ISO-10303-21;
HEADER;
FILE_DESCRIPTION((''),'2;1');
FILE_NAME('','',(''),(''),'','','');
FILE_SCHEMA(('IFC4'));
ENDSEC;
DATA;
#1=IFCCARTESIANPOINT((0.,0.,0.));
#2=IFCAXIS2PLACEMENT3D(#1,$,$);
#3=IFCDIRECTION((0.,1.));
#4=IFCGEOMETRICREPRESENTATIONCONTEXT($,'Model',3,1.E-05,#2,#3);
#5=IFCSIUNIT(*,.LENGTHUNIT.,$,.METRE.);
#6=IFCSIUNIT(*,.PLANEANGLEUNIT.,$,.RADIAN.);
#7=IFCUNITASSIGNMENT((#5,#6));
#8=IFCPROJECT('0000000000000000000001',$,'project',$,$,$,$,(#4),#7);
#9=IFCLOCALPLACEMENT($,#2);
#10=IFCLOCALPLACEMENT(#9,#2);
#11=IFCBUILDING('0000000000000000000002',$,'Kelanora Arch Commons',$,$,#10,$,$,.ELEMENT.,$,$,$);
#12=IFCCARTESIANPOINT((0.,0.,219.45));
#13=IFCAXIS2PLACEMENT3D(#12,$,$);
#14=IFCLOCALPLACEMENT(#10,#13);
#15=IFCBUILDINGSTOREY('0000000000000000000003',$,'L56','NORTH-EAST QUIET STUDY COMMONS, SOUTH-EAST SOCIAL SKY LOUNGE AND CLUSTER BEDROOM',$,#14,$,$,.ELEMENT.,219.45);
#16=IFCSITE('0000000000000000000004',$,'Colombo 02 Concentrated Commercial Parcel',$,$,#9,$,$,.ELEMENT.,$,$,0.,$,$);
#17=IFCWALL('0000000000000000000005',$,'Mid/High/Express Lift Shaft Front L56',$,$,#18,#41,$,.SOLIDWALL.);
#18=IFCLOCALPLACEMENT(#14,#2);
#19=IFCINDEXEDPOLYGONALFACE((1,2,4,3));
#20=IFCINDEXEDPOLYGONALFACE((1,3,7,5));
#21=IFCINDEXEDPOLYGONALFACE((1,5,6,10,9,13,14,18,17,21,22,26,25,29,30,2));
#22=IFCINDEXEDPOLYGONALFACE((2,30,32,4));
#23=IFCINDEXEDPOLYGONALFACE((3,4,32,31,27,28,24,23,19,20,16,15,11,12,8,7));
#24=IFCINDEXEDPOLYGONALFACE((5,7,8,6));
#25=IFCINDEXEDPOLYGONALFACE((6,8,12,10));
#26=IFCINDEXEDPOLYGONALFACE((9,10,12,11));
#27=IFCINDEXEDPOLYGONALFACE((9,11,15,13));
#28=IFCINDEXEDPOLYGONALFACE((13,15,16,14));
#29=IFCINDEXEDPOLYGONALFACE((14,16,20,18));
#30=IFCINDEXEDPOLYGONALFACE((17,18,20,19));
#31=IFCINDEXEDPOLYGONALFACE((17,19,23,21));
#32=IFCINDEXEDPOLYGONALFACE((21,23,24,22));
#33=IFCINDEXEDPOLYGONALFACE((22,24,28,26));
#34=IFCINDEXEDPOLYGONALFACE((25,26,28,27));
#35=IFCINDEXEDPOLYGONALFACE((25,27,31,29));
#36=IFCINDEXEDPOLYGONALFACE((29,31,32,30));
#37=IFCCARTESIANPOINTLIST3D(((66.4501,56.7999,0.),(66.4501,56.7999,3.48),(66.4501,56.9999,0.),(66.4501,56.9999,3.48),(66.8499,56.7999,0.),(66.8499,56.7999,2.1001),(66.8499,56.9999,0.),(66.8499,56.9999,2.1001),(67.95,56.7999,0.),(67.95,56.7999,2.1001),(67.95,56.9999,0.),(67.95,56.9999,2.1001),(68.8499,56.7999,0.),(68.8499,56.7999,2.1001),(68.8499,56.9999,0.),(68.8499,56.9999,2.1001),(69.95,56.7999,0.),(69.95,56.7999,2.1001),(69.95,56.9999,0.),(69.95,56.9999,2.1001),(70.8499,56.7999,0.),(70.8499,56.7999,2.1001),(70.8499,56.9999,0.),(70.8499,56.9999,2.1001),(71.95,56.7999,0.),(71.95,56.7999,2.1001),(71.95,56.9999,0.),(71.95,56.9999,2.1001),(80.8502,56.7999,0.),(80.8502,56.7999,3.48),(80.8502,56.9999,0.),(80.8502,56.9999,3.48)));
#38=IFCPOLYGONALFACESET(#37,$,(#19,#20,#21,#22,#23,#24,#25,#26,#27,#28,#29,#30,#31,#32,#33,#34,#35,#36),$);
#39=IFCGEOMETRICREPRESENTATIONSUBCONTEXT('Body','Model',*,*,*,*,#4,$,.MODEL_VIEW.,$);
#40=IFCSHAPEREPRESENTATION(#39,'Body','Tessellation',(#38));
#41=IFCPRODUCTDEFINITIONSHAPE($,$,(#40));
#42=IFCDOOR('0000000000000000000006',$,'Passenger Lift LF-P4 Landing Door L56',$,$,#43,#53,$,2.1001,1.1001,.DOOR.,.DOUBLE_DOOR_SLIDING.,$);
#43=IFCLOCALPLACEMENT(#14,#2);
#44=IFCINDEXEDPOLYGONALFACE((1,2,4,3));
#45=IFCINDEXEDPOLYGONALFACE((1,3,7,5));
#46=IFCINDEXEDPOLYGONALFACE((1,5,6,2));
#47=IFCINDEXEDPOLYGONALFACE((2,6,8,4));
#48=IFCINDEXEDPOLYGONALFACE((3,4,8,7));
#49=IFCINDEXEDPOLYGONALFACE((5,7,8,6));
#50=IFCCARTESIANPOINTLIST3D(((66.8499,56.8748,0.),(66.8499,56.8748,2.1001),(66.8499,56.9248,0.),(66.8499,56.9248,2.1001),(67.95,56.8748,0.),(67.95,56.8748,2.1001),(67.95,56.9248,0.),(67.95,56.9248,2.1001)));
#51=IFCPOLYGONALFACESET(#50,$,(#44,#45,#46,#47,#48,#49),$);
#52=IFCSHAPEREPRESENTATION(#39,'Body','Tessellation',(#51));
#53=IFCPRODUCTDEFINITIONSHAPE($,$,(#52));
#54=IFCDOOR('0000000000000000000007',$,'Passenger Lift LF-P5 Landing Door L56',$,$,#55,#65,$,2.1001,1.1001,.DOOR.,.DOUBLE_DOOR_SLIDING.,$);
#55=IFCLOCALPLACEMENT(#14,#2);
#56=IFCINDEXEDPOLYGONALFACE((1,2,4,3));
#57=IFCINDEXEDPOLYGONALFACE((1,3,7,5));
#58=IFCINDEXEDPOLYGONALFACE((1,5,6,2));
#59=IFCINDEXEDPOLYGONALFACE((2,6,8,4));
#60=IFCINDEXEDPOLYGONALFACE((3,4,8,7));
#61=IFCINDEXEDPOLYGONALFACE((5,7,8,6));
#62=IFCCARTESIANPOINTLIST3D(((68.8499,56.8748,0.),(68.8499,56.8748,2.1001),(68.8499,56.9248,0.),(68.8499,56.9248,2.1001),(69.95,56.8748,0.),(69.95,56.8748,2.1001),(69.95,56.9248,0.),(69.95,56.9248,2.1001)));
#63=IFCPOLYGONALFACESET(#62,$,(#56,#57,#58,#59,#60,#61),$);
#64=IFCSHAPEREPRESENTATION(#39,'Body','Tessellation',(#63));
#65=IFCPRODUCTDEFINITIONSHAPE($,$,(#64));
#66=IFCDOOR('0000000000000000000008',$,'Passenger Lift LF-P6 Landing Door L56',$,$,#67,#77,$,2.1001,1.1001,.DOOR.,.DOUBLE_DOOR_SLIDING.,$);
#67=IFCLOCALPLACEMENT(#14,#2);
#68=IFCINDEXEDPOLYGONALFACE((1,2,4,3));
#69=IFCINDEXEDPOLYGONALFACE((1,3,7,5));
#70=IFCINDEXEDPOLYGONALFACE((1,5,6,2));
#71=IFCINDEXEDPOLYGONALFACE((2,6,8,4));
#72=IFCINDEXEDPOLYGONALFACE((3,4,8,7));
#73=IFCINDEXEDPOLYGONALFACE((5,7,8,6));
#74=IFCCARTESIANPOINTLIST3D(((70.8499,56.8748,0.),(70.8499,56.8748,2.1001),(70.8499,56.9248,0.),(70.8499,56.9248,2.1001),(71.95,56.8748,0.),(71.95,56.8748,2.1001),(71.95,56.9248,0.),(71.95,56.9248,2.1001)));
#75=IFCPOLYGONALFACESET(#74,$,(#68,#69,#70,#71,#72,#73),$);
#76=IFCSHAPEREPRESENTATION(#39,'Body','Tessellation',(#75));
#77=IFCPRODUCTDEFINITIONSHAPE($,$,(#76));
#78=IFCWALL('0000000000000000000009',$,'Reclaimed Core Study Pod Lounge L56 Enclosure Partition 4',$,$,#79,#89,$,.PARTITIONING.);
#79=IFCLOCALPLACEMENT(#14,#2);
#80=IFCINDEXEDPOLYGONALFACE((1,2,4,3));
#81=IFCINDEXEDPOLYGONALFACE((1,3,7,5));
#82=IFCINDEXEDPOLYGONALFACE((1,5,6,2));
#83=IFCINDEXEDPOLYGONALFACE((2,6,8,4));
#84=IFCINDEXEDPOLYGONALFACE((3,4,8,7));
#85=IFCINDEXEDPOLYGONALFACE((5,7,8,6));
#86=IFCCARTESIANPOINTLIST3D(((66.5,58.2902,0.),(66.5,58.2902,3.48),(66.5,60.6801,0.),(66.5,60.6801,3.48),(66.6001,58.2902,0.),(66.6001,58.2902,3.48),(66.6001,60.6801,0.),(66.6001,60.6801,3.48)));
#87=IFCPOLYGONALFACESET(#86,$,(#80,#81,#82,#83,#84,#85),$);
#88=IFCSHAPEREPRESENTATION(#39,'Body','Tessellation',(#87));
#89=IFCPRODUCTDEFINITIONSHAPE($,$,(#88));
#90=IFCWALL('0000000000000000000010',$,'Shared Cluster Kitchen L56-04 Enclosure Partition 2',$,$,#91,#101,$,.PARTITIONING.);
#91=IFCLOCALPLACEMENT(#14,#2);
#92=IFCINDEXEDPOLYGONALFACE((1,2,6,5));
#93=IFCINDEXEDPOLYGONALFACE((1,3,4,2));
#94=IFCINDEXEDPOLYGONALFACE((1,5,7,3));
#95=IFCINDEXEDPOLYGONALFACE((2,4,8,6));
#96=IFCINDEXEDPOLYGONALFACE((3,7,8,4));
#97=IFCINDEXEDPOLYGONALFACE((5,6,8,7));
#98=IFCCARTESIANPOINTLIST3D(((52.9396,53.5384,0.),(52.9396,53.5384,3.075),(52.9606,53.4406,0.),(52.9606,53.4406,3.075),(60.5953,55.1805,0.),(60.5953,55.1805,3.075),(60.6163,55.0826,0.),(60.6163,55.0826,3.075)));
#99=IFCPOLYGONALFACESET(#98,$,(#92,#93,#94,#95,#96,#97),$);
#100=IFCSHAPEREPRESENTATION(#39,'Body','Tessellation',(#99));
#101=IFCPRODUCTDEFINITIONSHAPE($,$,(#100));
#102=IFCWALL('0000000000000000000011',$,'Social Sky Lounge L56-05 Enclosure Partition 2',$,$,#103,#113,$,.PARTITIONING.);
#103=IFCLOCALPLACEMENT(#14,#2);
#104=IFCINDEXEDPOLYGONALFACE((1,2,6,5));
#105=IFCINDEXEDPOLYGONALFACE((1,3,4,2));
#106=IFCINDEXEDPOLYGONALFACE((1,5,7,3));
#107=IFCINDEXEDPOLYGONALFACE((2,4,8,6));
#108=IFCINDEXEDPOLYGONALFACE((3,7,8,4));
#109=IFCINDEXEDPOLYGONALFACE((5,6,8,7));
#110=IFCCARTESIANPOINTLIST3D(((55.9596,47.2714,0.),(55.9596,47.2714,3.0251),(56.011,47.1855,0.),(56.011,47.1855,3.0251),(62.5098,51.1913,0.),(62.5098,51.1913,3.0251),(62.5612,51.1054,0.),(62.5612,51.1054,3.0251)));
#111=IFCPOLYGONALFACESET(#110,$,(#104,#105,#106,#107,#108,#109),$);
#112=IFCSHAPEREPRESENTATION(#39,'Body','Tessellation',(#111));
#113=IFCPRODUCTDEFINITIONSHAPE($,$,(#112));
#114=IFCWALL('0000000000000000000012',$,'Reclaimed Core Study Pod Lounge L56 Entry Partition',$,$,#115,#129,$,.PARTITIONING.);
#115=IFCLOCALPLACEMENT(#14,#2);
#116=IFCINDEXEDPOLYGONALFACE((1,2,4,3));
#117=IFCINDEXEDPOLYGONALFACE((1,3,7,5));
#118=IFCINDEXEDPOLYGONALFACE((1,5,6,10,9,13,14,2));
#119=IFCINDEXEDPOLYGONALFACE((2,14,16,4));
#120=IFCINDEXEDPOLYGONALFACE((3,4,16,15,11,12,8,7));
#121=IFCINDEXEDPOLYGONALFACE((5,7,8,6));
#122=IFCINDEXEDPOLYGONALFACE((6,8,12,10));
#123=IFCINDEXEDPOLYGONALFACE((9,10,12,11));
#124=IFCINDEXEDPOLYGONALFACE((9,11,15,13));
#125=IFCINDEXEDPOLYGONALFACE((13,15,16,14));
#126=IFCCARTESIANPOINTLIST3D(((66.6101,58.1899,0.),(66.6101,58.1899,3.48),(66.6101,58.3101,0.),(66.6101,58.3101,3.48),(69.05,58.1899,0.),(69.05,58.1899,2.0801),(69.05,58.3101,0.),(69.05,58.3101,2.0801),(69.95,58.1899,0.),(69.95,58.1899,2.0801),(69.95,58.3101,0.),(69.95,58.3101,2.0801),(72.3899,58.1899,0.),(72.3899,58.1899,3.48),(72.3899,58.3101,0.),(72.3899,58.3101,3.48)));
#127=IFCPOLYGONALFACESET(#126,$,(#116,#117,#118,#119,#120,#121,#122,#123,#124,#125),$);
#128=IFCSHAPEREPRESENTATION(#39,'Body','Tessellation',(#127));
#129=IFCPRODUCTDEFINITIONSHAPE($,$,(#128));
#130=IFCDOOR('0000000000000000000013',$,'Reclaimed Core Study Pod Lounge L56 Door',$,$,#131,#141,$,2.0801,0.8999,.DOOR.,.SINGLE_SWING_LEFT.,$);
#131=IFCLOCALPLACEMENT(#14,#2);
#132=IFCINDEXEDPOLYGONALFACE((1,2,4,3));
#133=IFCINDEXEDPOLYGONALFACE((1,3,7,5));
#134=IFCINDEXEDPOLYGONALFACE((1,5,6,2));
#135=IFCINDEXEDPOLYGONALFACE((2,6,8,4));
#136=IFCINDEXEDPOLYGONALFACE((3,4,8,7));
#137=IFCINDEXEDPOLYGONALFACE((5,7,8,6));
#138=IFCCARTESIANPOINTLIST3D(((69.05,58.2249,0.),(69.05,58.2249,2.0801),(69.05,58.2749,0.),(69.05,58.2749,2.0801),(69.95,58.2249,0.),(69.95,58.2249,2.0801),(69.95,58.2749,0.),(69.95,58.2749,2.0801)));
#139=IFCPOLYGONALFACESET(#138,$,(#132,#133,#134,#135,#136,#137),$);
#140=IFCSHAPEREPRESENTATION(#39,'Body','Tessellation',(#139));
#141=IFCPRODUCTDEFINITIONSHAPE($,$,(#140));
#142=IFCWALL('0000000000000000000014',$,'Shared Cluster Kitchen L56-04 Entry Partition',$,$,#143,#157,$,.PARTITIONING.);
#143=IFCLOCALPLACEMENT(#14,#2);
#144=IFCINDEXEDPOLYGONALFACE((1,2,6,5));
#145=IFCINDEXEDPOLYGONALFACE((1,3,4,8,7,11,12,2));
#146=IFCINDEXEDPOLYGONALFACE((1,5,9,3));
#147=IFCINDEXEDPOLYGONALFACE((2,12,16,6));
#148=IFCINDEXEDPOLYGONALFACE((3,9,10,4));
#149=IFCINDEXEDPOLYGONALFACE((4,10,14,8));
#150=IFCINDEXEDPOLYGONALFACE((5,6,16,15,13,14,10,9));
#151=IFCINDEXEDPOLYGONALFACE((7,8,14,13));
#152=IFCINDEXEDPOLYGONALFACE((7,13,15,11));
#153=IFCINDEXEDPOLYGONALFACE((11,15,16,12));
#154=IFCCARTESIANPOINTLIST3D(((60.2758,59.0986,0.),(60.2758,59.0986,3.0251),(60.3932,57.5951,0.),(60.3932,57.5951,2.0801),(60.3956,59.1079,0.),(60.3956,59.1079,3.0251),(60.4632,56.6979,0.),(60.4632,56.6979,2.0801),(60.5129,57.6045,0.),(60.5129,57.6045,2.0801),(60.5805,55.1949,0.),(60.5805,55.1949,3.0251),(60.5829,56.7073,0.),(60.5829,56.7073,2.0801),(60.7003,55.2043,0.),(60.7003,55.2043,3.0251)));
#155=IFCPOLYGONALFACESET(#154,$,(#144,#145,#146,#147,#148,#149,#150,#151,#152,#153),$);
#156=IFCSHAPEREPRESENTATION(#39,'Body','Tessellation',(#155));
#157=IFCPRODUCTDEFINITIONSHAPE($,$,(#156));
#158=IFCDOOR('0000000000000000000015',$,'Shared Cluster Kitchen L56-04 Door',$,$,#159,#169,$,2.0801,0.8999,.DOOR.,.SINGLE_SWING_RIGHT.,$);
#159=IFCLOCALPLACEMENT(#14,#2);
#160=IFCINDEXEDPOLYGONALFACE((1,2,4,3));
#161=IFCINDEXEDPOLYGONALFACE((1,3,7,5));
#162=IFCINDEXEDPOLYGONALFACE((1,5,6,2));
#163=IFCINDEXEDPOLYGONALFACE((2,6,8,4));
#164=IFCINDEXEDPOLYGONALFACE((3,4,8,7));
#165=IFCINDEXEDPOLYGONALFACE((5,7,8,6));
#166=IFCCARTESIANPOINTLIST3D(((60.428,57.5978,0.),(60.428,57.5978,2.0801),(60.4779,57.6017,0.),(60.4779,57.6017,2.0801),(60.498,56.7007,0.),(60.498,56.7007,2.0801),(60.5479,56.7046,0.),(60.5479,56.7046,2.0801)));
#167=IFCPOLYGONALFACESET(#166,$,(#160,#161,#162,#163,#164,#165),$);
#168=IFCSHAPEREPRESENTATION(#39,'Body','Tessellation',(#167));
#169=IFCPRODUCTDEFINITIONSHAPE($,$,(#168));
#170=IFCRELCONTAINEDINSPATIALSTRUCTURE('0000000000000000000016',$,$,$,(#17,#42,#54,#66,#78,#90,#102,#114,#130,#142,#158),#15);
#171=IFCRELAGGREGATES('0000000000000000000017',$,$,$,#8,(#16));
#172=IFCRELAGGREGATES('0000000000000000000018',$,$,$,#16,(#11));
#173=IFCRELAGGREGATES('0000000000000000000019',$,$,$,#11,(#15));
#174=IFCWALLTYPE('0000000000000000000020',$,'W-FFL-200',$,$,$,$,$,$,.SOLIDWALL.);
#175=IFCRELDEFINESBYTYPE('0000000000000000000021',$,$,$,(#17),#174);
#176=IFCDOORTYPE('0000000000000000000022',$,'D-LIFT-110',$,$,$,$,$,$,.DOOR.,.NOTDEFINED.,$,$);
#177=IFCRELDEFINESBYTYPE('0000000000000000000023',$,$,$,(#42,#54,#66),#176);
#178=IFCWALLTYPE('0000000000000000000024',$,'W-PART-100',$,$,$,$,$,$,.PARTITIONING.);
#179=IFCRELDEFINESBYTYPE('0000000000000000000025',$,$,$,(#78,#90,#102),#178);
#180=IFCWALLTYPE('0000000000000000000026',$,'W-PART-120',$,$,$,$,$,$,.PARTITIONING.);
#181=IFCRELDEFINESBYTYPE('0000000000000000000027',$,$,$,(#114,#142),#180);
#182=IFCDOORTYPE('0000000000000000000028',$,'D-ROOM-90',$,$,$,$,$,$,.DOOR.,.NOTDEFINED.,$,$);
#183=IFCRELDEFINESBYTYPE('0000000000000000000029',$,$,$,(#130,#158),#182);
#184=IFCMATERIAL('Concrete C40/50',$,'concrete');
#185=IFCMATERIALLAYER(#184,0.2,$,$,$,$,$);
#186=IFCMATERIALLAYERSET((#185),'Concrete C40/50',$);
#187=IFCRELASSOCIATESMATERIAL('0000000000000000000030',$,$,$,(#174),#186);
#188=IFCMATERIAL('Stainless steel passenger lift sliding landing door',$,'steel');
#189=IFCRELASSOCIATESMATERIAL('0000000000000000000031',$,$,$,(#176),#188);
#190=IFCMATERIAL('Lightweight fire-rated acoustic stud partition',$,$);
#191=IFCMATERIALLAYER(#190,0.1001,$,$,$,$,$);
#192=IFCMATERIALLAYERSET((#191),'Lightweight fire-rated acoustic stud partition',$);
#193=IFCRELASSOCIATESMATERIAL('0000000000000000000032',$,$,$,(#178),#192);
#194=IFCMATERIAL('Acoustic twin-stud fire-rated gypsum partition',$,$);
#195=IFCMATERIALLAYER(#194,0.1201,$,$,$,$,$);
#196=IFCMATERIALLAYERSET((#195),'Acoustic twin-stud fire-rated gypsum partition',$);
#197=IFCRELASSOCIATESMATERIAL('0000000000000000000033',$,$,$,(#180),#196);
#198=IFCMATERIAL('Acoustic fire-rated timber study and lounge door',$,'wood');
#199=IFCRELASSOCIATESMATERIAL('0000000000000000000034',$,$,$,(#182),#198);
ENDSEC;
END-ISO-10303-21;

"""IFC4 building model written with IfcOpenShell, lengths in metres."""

from ifc_helpers import new_model, si_unit, direction, frame, frame_2d, origin, place, context, subcontext, project, spatial, rectangle, extrude, material, layer, layer_set, type_object, element, fill, save


model = new_model("IFC4")

# Units and contexts
model_context = context("Model", 3, precision=1e-05, world=origin(), true_north=direction((0.0, 1.0)))
body_context = subcontext(model_context, "Body", "Model", "MODEL_VIEW")
ifc_project = project(units=[si_unit("LENGTHUNIT", "METRE"), si_unit("PLANEANGLEUNIT", "RADIAN")], contexts=[model_context])

# Site, building, storey
site_placement = place(None, origin())
site = spatial("IfcSite", under=ifc_project, at=site_placement, Name="Colombo 02 Concentrated Commercial Parcel", CompositionType="ELEMENT", RefElevation=0.0)
building_placement = place(site_placement, origin())
building = spatial("IfcBuilding", under=site, at=building_placement, Name="Kelanora Arch Commons", CompositionType="ELEMENT")
storey_placement = place(building_placement, frame((0.0, 0.0, 219.45)))
storey = spatial("IfcBuildingStorey", under=building, at=storey_placement, Name="L56", Description="NORTH-EAST QUIET STUDY COMMONS, SOUTH-EAST SOCIAL SKY LOUNGE AND CLUSTER BEDROOM", CompositionType="ELEMENT", Elevation=219.45)

# Wall, openings, doors
ifc_material_1 = material(Name="Concrete C40/50", Category="concrete")
ifc_layer_1 = layer(ifc_material_1, 0.2)
ifc_layer_set_1 = layer_set([ifc_layer_1], Name="Concrete C40/50")
wall_type_1 = type_object("IfcWallType", Name="W-FFL-200", PredefinedType="SOLIDWALL", material=ifc_layer_set_1)
wall_1_placement = place(storey_placement, frame((66.45, 56.8999, 0.0), z_axis=(0.0, 0.0, 1.0), x_axis=(1.0, 0.0, 0.0)))
wall_1 = element("IfcWall", 1, at=wall_1_placement, inside=storey, type_object=wall_type_1, Name="Mid/High/Express Lift Shaft Front L56", PredefinedType="SOLIDWALL", context=body_context, shape_type="SweptSolid", body=[
    extrude(rectangle(XDim=14.4001, YDim=0.2, at=frame_2d((7.2002, 0.0))), origin(), (0.0, 0.0, 1.0), 3.48),
])
opening_1_placement = place(wall_1_placement, frame((0.3999, 0.0, 0.0)))
opening_1 = element("IfcOpeningElement", 2, at=opening_1_placement, cuts=wall_1, PredefinedType="OPENING", context=body_context, shape_type="SweptSolid", body=[
    extrude(rectangle(XDim=1.1001, YDim=2.1001, at=frame_2d((0.55, 1.05))), frame((0.0, 0.1099, 0.0), z_axis=(0.0, -1.0, 0.0), x_axis=(1.0, 0.0, 0.0)), (0.0, 0.0, 1.0), 0.22),
])
opening_2_placement = place(wall_1_placement, frame((2.3999, 0.0, 0.0)))
opening_2 = element("IfcOpeningElement", 3, at=opening_2_placement, cuts=wall_1, PredefinedType="OPENING", context=body_context, shape_type="SweptSolid", body=[
    extrude(rectangle(XDim=1.1001, YDim=2.1001, at=frame_2d((0.55, 1.05))), frame((0.0, 0.1099, 0.0), z_axis=(0.0, -1.0, 0.0), x_axis=(1.0, 0.0, 0.0)), (0.0, 0.0, 1.0), 0.22),
])
opening_3_placement = place(wall_1_placement, frame((4.3999, 0.0, 0.0)))
opening_3 = element("IfcOpeningElement", 4, at=opening_3_placement, cuts=wall_1, PredefinedType="OPENING", context=body_context, shape_type="SweptSolid", body=[
    extrude(rectangle(XDim=1.1001, YDim=2.1001, at=frame_2d((0.55, 1.05))), frame((0.0, 0.1099, 0.0), z_axis=(0.0, -1.0, 0.0), x_axis=(1.0, 0.0, 0.0)), (0.0, 0.0, 1.0), 0.22),
])
ifc_material_2 = material(Name="Stainless steel passenger lift sliding landing door", Category="steel")
door_type_1 = type_object("IfcDoorType", Name="D-LIFT-110", OperationType="NOTDEFINED", PredefinedType="DOOR", material=ifc_material_2)
door_1_placement = place(opening_1_placement, origin())
door_1 = element("IfcDoor", 5, at=door_1_placement, inside=storey, type_object=door_type_1, Name="Passenger Lift LF-P4 Landing Door L56", OperationType="DOUBLE_DOOR_SLIDING", OverallHeight=2.1001, OverallWidth=1.1001, PredefinedType="DOOR", context=body_context, shape_type="SweptSolid", body=[
    extrude(rectangle(XDim=1.1001, YDim=2.1001, at=frame_2d((0.55, 1.05))), frame((0.0, 0.0249, 0.0), z_axis=(0.0, -1.0, 0.0), x_axis=(1.0, 0.0, 0.0)), (0.0, 0.0, 1.0), 0.05),
])
fill(opening_1, door_1)
door_2_placement = place(opening_2_placement, origin())
door_2 = element("IfcDoor", 6, at=door_2_placement, inside=storey, type_object=door_type_1, Name="Passenger Lift LF-P5 Landing Door L56", OperationType="DOUBLE_DOOR_SLIDING", OverallHeight=2.1001, OverallWidth=1.1001, PredefinedType="DOOR", context=body_context, shape_type="SweptSolid", body=[
    extrude(rectangle(XDim=1.1001, YDim=2.1001, at=frame_2d((0.55, 1.05))), frame((0.0, 0.0249, 0.0), z_axis=(0.0, -1.0, 0.0), x_axis=(1.0, 0.0, 0.0)), (0.0, 0.0, 1.0), 0.05),
])
fill(opening_2, door_2)
door_3_placement = place(opening_3_placement, origin())
door_3 = element("IfcDoor", 7, at=door_3_placement, inside=storey, type_object=door_type_1, Name="Passenger Lift LF-P6 Landing Door L56", OperationType="DOUBLE_DOOR_SLIDING", OverallHeight=2.1001, OverallWidth=1.1001, PredefinedType="DOOR", context=body_context, shape_type="SweptSolid", body=[
    extrude(rectangle(XDim=1.1001, YDim=2.1001, at=frame_2d((0.55, 1.05))), frame((0.0, 0.0249, 0.0), z_axis=(0.0, -1.0, 0.0), x_axis=(1.0, 0.0, 0.0)), (0.0, 0.0, 1.0), 0.05),
])
fill(opening_3, door_3)

# Walls
ifc_material_3 = material(Name="Lightweight fire-rated acoustic stud partition")
ifc_layer_2 = layer(ifc_material_3, 0.1001)
ifc_layer_set_2 = layer_set([ifc_layer_2], Name="Lightweight fire-rated acoustic stud partition")
wall_type_2 = type_object("IfcWallType", Name="W-PART-100", PredefinedType="PARTITIONING", material=ifc_layer_set_2)
wall_2_placement = place(storey_placement, frame((66.55, 60.6799, 0.0), z_axis=(0.0, 0.0, 1.0), x_axis=(0.0, -1.0, 0.0)))
element("IfcWall", 8, at=wall_2_placement, inside=storey, type_object=wall_type_2, Name="Reclaimed Core Study Pod Lounge L56 Enclosure Partition 4", PredefinedType="PARTITIONING", context=body_context, shape_type="SweptSolid", body=[
    extrude(rectangle(XDim=2.3899, YDim=0.1001, at=frame_2d((1.1948, 0.0))), origin(), (0.0, 0.0, 1.0), 3.48),
])
wall_3_placement = place(storey_placement, frame((60.606, 55.1316, 0.0), z_axis=(0.0, 0.0, 1.0), x_axis=(-0.977761, -0.209721, 0.0)))
element("IfcWall", 9, at=wall_3_placement, inside=storey, type_object=wall_type_2, Name="Shared Cluster Kitchen L56-04 Enclosure Partition 2", PredefinedType="PARTITIONING", context=body_context, shape_type="SweptSolid", body=[
    extrude(rectangle(XDim=7.8298, YDim=0.1001, at=frame_2d((3.915, 0.0))), origin(), (0.0, 0.0, 1.0), 3.075),
])
wall_4_placement = place(storey_placement, frame((62.5356, 51.1484, 0.0), z_axis=(0.0, 0.0, 1.0), x_axis=(-0.858085, -0.513508, 0.0)))
element("IfcWall", 10, at=wall_4_placement, inside=storey, type_object=wall_type_2, Name="Social Sky Lounge L56-05 Enclosure Partition 2", PredefinedType="PARTITIONING", context=body_context, shape_type="SweptSolid", body=[
    extrude(rectangle(XDim=7.6335, YDim=0.1001, at=frame_2d((3.8169, 0.0))), origin(), (0.0, 0.0, 1.0), 3.0251),
])

# Walls, openings, doors
ifc_material_4 = material(Name="Acoustic twin-stud fire-rated gypsum partition")
ifc_layer_3 = layer(ifc_material_4, 0.1201)
ifc_layer_set_3 = layer_set([ifc_layer_3], Name="Acoustic twin-stud fire-rated gypsum partition")
wall_type_3 = type_object("IfcWallType", Name="W-PART-120", PredefinedType="PARTITIONING", material=ifc_layer_set_3)
wall_5_placement = place(storey_placement, frame((66.6101, 58.25, 0.0), z_axis=(0.0, 0.0, 1.0), x_axis=(1.0, 0.0, 0.0)))
wall_5 = element("IfcWall", 11, at=wall_5_placement, inside=storey, type_object=wall_type_3, Name="Reclaimed Core Study Pod Lounge L56 Entry Partition", PredefinedType="PARTITIONING", context=body_context, shape_type="SweptSolid", body=[
    extrude(rectangle(XDim=5.7798, YDim=0.1201, at=frame_2d((2.8899, 0.0))), origin(), (0.0, 0.0, 1.0), 3.48),
])
opening_4_placement = place(wall_5_placement, frame((2.4399, 0.0, 0.0)))
opening_4 = element("IfcOpeningElement", 12, at=opening_4_placement, cuts=wall_5, PredefinedType="OPENING", context=body_context, shape_type="SweptSolid", body=[
    extrude(rectangle(XDim=0.8999, YDim=2.0801, at=frame_2d((0.45, 1.04))), frame((0.0, 0.0701, 0.0), z_axis=(0.0, -1.0, 0.0), x_axis=(1.0, 0.0, 0.0)), (0.0, 0.0, 1.0), 0.1401),
])
ifc_material_5 = material(Name="Acoustic fire-rated timber study and lounge door", Category="wood")
door_type_2 = type_object("IfcDoorType", Name="D-ROOM-90", OperationType="NOTDEFINED", PredefinedType="DOOR", material=ifc_material_5)
door_4_placement = place(opening_4_placement, origin())
door_4 = element("IfcDoor", 13, at=door_4_placement, inside=storey, type_object=door_type_2, Name="Reclaimed Core Study Pod Lounge L56 Door", OperationType="SINGLE_SWING_LEFT", OverallHeight=2.0801, OverallWidth=0.8999, PredefinedType="DOOR", context=body_context, shape_type="SweptSolid", body=[
    extrude(rectangle(XDim=0.8999, YDim=2.0801, at=frame_2d((0.45, 1.04))), frame((0.0, 0.0249, 0.0), z_axis=(0.0, -1.0, 0.0), x_axis=(1.0, 0.0, 0.0)), (0.0, 0.0, 1.0), 0.05),
])
fill(opening_4, door_4)
wall_6_placement = place(storey_placement, frame((60.3357, 59.1033, 0.0), z_axis=(0.0, 0.0, 1.0), x_axis=(0.077817, -0.996968, 0.0)))
wall_6 = element("IfcWall", 14, at=wall_6_placement, inside=storey, type_object=wall_type_3, Name="Shared Cluster Kitchen L56-04 Entry Partition", PredefinedType="PARTITIONING", context=body_context, shape_type="SweptSolid", body=[
    extrude(rectangle(XDim=3.9155, YDim=0.1201, at=frame_2d((1.9578, 0.0))), origin(), (0.0, 0.0, 1.0), 3.0251),
])
opening_5_placement = place(wall_6_placement, frame((1.5081, 0.0, 0.0)))
opening_5 = element("IfcOpeningElement", 15, at=opening_5_placement, cuts=wall_6, PredefinedType="OPENING", context=body_context, shape_type="SweptSolid", body=[
    extrude(rectangle(XDim=0.8999, YDim=2.0801, at=frame_2d((0.45, 1.04))), frame((0.0, 0.0701, 0.0), z_axis=(0.0, -1.0, 0.0), x_axis=(1.0, 0.0, 0.0)), (0.0, 0.0, 1.0), 0.1401),
])
door_5_placement = place(opening_5_placement, origin())
door_5 = element("IfcDoor", 16, at=door_5_placement, inside=storey, type_object=door_type_2, Name="Shared Cluster Kitchen L56-04 Door", OperationType="SINGLE_SWING_RIGHT", OverallHeight=2.0801, OverallWidth=0.8999, PredefinedType="DOOR", context=body_context, shape_type="SweptSolid", body=[
    extrude(rectangle(XDim=0.8999, YDim=2.0801, at=frame_2d((0.45, 1.04))), frame((0.0, 0.0249, 0.0), z_axis=(0.0, -1.0, 0.0), x_axis=(1.0, 0.0, 0.0)), (0.0, 0.0, 1.0), 0.05),
])
fill(opening_5, door_5)

save(model, "model.ifc")
